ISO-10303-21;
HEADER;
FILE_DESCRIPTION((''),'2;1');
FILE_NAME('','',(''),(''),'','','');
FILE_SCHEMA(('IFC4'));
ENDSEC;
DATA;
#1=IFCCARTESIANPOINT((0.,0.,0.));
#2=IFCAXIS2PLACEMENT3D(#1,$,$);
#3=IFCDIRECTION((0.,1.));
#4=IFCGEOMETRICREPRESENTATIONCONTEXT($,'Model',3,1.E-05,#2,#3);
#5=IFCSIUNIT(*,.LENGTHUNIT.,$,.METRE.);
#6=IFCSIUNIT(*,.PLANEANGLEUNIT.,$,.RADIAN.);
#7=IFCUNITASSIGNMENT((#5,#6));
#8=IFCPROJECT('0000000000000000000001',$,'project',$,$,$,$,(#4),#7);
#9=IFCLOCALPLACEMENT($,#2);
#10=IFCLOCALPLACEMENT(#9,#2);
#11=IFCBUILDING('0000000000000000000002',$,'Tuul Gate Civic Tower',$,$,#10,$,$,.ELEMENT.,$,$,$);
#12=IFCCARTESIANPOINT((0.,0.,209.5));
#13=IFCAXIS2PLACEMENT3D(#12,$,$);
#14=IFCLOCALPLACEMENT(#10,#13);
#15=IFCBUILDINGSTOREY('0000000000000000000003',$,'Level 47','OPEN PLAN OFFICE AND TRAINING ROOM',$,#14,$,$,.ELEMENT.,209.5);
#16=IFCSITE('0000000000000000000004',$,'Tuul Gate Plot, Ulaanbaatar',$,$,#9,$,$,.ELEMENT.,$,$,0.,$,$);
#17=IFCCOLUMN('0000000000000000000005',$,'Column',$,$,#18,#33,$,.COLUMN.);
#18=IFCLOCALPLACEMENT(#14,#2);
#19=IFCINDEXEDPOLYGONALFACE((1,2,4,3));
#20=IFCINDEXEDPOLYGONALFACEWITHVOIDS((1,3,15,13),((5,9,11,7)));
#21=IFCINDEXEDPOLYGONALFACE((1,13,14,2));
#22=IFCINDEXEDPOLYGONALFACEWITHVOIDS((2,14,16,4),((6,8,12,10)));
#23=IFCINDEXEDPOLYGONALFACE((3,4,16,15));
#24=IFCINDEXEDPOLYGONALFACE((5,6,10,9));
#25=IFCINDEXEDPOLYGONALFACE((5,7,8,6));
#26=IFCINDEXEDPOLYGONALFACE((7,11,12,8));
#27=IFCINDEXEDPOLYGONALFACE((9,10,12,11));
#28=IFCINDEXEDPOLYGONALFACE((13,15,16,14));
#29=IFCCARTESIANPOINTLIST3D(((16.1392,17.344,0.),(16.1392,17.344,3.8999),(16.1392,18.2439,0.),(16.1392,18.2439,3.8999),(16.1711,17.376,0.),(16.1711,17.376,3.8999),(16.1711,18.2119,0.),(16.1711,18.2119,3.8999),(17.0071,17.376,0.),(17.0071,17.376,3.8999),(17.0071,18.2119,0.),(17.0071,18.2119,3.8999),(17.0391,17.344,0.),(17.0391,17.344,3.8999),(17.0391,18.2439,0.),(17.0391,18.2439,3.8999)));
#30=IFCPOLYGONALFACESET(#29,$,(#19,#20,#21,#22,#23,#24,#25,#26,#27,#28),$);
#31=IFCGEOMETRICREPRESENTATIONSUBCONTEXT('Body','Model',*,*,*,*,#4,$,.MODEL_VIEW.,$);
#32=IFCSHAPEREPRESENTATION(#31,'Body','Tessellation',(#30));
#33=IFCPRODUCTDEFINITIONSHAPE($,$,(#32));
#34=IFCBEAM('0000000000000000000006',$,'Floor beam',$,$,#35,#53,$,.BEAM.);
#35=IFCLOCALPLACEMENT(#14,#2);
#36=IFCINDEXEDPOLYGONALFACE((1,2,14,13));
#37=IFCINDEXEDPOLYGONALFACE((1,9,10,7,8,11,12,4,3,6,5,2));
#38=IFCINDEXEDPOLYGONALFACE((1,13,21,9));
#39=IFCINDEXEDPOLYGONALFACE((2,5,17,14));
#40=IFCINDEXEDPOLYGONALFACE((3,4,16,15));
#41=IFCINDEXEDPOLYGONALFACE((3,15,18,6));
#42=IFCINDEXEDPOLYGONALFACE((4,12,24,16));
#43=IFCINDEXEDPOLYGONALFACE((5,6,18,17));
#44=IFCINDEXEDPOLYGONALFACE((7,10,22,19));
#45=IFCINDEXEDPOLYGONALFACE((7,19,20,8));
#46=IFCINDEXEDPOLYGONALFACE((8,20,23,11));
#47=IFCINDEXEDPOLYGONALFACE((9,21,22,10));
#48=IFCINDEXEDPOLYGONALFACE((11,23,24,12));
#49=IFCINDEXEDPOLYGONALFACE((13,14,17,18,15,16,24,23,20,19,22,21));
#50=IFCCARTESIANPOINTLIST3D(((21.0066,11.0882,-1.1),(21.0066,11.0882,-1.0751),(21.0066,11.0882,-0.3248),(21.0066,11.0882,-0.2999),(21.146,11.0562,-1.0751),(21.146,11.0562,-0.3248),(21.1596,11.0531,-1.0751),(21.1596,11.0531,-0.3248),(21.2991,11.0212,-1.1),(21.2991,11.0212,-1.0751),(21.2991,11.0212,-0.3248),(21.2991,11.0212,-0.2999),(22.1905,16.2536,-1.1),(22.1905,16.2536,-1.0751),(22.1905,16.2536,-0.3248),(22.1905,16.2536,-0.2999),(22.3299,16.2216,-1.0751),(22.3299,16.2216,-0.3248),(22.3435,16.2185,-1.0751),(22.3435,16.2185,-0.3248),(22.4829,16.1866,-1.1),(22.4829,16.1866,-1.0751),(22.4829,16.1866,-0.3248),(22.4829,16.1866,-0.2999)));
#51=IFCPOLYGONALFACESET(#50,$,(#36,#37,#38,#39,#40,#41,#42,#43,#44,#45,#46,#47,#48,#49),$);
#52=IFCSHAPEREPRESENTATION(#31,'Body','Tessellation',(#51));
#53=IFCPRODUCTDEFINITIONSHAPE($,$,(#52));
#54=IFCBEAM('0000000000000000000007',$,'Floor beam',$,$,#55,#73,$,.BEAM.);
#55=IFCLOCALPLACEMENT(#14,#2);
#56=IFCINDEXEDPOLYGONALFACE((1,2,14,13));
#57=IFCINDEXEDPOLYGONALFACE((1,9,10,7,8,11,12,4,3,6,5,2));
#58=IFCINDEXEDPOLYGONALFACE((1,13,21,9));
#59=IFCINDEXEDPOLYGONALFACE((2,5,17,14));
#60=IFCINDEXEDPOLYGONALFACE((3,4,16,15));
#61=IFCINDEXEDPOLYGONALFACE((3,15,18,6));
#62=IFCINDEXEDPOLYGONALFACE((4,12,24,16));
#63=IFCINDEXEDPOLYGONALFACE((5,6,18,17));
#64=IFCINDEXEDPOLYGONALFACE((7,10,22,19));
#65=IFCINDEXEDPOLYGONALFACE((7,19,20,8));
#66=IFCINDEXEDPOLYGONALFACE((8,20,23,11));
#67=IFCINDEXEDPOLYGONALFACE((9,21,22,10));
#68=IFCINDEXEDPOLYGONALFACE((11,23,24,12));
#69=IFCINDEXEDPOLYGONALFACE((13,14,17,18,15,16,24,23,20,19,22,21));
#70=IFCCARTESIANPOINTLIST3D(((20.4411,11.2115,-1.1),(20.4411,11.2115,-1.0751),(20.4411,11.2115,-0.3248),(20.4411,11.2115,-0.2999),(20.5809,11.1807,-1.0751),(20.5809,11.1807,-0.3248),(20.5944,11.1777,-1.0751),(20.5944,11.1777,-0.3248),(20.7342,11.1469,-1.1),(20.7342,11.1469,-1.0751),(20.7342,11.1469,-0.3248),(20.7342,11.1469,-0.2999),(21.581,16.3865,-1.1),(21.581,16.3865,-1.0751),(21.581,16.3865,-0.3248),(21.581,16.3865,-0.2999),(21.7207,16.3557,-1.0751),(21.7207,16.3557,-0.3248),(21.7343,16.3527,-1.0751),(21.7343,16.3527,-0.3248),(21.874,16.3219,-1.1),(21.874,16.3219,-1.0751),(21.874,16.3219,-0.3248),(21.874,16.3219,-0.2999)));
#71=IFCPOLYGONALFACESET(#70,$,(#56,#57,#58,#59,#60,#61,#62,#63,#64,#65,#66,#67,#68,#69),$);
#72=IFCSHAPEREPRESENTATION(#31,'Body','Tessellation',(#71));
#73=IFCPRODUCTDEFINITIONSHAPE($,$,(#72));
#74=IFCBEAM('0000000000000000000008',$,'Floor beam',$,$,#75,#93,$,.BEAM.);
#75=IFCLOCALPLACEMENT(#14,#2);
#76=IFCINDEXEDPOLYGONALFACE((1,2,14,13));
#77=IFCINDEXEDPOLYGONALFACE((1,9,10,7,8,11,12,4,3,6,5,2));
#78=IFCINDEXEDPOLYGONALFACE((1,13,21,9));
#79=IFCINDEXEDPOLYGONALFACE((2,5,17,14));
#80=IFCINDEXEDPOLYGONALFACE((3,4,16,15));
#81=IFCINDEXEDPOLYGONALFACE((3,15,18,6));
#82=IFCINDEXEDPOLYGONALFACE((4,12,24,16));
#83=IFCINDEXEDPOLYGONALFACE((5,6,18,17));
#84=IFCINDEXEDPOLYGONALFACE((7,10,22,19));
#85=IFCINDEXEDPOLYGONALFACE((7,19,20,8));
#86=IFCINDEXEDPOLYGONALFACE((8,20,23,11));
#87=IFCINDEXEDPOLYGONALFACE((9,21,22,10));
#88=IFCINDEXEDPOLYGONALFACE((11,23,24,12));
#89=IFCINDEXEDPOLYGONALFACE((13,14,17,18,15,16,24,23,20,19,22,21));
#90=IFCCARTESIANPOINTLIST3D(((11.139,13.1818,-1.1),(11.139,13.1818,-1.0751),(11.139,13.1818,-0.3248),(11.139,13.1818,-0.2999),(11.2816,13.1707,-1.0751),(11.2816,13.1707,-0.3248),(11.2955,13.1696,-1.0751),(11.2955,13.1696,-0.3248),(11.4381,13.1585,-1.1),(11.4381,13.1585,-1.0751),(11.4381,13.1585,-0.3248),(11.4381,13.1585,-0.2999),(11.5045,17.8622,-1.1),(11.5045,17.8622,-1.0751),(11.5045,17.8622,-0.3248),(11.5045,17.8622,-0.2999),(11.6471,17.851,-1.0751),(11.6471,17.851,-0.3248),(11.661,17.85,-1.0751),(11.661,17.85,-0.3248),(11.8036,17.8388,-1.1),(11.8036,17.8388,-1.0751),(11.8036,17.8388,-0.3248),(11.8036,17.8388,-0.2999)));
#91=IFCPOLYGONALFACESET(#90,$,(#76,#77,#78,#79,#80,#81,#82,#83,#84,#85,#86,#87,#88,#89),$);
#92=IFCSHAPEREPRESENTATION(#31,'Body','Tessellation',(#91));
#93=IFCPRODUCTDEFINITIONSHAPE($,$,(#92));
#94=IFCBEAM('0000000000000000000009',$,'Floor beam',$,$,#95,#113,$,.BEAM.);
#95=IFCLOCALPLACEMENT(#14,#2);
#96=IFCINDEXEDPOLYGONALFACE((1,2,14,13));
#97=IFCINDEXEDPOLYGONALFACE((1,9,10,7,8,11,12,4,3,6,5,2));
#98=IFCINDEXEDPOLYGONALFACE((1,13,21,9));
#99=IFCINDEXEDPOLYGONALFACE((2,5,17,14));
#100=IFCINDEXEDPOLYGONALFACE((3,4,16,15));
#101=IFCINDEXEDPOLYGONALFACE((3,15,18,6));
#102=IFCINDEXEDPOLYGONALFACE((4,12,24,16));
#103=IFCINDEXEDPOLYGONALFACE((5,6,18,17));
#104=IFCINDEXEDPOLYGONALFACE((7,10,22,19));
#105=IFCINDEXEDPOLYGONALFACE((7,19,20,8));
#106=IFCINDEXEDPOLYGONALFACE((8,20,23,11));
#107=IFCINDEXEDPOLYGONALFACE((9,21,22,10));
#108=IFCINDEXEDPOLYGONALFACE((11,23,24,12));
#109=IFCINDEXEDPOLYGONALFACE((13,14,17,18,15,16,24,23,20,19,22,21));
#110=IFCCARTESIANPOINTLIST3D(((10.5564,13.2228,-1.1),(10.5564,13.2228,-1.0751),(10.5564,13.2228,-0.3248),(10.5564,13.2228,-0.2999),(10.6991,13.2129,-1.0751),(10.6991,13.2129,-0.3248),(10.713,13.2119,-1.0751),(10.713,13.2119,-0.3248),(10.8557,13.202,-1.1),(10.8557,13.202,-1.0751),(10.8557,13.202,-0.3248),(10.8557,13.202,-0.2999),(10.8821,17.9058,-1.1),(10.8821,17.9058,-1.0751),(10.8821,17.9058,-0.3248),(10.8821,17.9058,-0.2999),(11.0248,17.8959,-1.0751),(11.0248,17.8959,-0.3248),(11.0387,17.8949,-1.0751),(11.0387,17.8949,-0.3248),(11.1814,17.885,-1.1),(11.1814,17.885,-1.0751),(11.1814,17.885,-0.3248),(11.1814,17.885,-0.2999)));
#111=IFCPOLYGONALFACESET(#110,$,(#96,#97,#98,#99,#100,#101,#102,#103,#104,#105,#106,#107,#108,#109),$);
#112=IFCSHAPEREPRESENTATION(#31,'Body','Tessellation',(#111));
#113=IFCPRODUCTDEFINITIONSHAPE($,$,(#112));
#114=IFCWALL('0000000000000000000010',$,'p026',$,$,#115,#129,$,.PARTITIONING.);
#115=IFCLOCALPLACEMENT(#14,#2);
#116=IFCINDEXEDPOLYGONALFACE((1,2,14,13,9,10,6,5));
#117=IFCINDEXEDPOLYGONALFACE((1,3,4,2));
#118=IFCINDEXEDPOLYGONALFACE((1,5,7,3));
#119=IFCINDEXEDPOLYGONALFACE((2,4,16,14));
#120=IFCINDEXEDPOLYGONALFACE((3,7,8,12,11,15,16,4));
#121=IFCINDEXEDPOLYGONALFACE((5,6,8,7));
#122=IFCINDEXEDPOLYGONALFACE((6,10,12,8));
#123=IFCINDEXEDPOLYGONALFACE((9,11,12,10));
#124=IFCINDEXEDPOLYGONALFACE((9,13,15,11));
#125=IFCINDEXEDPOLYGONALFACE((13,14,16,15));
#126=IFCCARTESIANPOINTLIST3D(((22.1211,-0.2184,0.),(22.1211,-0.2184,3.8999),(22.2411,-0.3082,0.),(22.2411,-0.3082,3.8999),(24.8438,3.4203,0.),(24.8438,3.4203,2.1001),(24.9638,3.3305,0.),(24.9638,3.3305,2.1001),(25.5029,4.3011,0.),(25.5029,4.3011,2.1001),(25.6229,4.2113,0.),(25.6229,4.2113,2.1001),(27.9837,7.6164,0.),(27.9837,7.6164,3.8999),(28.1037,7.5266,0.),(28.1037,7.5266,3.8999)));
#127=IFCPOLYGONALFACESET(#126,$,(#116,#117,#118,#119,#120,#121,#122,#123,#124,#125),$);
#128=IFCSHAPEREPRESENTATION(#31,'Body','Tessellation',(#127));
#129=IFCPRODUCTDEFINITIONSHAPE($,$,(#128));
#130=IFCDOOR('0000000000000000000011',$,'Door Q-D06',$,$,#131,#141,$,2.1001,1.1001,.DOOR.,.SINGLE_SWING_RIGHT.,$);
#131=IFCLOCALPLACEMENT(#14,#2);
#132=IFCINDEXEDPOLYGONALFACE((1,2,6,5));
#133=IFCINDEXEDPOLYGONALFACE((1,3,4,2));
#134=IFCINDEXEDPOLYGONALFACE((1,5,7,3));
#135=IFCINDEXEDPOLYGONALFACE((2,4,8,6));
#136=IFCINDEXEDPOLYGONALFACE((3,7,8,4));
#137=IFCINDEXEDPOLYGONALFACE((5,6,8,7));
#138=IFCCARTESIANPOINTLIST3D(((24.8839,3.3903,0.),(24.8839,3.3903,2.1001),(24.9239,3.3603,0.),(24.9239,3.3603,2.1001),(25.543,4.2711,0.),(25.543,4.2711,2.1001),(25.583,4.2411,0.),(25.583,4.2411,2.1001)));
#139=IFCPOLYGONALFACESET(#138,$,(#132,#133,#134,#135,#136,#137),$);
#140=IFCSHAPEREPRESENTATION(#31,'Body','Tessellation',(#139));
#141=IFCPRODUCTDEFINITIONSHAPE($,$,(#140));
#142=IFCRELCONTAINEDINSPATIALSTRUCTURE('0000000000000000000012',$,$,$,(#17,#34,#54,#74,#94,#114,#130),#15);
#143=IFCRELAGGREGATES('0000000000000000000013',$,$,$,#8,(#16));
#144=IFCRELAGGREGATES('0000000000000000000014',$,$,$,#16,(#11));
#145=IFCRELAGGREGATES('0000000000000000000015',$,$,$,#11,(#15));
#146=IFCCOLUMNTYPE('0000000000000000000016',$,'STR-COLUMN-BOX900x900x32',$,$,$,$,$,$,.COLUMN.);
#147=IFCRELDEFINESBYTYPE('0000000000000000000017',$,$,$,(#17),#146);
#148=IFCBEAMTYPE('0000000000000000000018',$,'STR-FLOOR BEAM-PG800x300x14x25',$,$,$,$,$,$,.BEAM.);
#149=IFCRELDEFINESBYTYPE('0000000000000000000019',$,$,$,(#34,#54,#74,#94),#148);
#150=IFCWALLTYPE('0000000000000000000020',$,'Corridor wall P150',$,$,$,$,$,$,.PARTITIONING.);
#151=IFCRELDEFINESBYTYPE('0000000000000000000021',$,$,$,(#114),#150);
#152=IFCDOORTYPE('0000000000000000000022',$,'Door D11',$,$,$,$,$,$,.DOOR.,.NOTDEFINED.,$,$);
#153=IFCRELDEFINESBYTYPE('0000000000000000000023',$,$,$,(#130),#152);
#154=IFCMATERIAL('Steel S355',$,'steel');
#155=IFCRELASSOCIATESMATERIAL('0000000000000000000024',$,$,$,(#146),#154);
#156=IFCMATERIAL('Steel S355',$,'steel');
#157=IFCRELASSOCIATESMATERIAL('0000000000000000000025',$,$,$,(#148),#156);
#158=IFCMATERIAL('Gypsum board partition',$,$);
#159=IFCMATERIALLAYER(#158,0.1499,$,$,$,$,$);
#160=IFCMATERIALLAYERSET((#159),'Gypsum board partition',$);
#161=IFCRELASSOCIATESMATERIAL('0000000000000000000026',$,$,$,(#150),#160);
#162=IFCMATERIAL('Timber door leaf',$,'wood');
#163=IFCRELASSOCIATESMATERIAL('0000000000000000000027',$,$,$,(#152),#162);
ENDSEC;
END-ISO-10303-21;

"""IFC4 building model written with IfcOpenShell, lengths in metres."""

from ifc_helpers import new_model, si_unit, direction, frame, frame_2d, origin, origin_2d, place, context, subcontext, project, spatial, rectangle, hollow_rectangle, i_section, extrude, material, layer, layer_set, material_profile, profile_set, type_object, element, fill, save


model = new_model("IFC4")

# Units and contexts
model_context = context("Model", 3, precision=1e-05, world=origin(), true_north=direction((0.0, 1.0)))
body_context = subcontext(model_context, "Body", "Model", "MODEL_VIEW")
ifc_project = project(units=[si_unit("LENGTHUNIT", "METRE"), si_unit("PLANEANGLEUNIT", "RADIAN")], contexts=[model_context])

# Site, building, storey
site_placement = place(None, origin())
site = spatial("IfcSite", under=ifc_project, at=site_placement, Name="Tuul Gate Plot, Ulaanbaatar", CompositionType="ELEMENT", RefElevation=0.0)
building_placement = place(site_placement, origin())
building = spatial("IfcBuilding", under=site, at=building_placement, Name="Tuul Gate Civic Tower", CompositionType="ELEMENT")
storey_placement = place(building_placement, frame((0.0, 0.0, 209.5)))
storey = spatial("IfcBuildingStorey", under=building, at=storey_placement, Name="Level 47", Description="OPEN PLAN OFFICE AND TRAINING ROOM", CompositionType="ELEMENT", Elevation=209.5)

# Column
ifc_material_1 = material(Name="Steel S355", Category="steel")
ifc_material_profile_1 = material_profile(ifc_material_1, hollow_rectangle(XDim=0.8999, YDim=0.8999, WallThickness=0.032, at=origin_2d()), Name="BOX900x900x32")
ifc_profile_set_1 = profile_set([ifc_material_profile_1], Name="Steel S355")
column_type = type_object("IfcColumnType", Name="STR-COLUMN-BOX900x900x32", PredefinedType="COLUMN", material=ifc_profile_set_1)
column_placement = place(storey_placement, frame((16.5891, 17.7939, 0.0), z_axis=(0.0, 0.0, 1.0), x_axis=(1.0, 0.0, 0.0)))
element("IfcColumn", 1, at=column_placement, inside=storey, type_object=column_type, Name="Column", PredefinedType="COLUMN", context=body_context, shape_type="SweptSolid", body=[
    extrude(hollow_rectangle(XDim=0.8999, YDim=0.8999, WallThickness=0.032, at=origin_2d()), origin(), (0.0, 0.0, 1.0), 3.8999),
])

# Beams
ifc_material_2 = material(Name="Steel S355", Category="steel")
ifc_material_profile_2 = material_profile(ifc_material_2, i_section(OverallWidth=0.3, OverallDepth=0.8, WebThickness=0.0139, FlangeThickness=0.0249, at=origin_2d()), Name="PG800x300x14x25")
ifc_profile_set_2 = profile_set([ifc_material_profile_2], Name="Steel S355")
beam_type = type_object("IfcBeamType", Name="STR-FLOOR BEAM-PG800x300x14x25", PredefinedType="BEAM", material=ifc_profile_set_2)
beam_1_placement = place(storey_placement, frame((21.1528, 11.0547, -0.7), z_axis=(0.223399, 0.974727, 0.0), x_axis=(-0.974727, 0.223399, 0.0)))
element("IfcBeam", 2, at=beam_1_placement, inside=storey, type_object=beam_type, Name="Floor beam", PredefinedType="BEAM", context=body_context, shape_type="SweptSolid", body=[
    extrude(i_section(OverallWidth=0.3, OverallDepth=0.8, WebThickness=0.0139, FlangeThickness=0.0249, at=origin_2d()), origin(), (0.0, 0.0, 1.0), 5.2993),
])
beam_2_placement = place(storey_placement, frame((20.5876, 11.1792, -0.7), z_axis=(0.215111, 0.97659, 0.0), x_axis=(-0.97659, 0.215111, 0.0)))
element("IfcBeam", 3, at=beam_2_placement, inside=storey, type_object=beam_type, Name="Floor beam", PredefinedType="BEAM", context=body_context, shape_type="SweptSolid", body=[
    extrude(i_section(OverallWidth=0.3, OverallDepth=0.8, WebThickness=0.0139, FlangeThickness=0.0249, at=origin_2d()), origin(), (0.0, 0.0, 1.0), 5.2991),
])
beam_3_placement = place(storey_placement, frame((11.2886, 13.1702, -0.7), z_axis=(0.07785, 0.996965, 0.0), x_axis=(-0.996965, 0.07785, 0.0)))
element("IfcBeam", 4, at=beam_3_placement, inside=storey, type_object=beam_type, Name="Floor beam", PredefinedType="BEAM", context=body_context, shape_type="SweptSolid", body=[
    extrude(i_section(OverallWidth=0.3, OverallDepth=0.8, WebThickness=0.0139, FlangeThickness=0.0249, at=origin_2d()), origin(), (0.0, 0.0, 1.0), 4.6946),
])
beam_4_placement = place(storey_placement, frame((10.7061, 13.2124, -0.7), z_axis=(0.069377, 0.997591, 0.0), x_axis=(-0.997591, 0.069377, 0.0)))
element("IfcBeam", 5, at=beam_4_placement, inside=storey, type_object=beam_type, Name="Floor beam", PredefinedType="BEAM", context=body_context, shape_type="SweptSolid", body=[
    extrude(i_section(OverallWidth=0.3, OverallDepth=0.8, WebThickness=0.0139, FlangeThickness=0.0249, at=origin_2d()), origin(), (0.0, 0.0, 1.0), 4.6943),
])

# Wall, opening, door
ifc_material_3 = material(Name="Gypsum board partition")
ifc_layer_1 = layer(ifc_material_3, 0.1499)
ifc_layer_set_1 = layer_set([ifc_layer_1], Name="Gypsum board partition")
wall_type_1 = type_object("IfcWallType", Name="Corridor wall P150", PredefinedType="PARTITIONING", material=ifc_layer_set_1)
wall_1_placement = place(storey_placement, frame((22.1812, -0.2632, 0.0), z_axis=(0.0, 0.0, 1.0), x_axis=(0.599117, 0.800661, 0.0)))
wall_1 = element("IfcWall", 6, at=wall_1_placement, inside=storey, type_object=wall_type_1, Name="p026", PredefinedType="PARTITIONING", context=body_context, shape_type="SweptSolid", body=[
    extrude(rectangle(XDim=9.7854, YDim=0.1499, at=frame_2d((4.8926, 0.0))), origin(), (0.0, 0.0, 1.0), 3.8999),
])
opening_1_placement = place(wall_1_placement, frame((4.5444, 0.0, 0.0)))
opening_1 = element("IfcOpeningElement", 7, at=opening_1_placement, cuts=wall_1, PredefinedType="OPENING", context=body_context, shape_type="SweptSolid", body=[
    extrude(rectangle(XDim=1.1001, YDim=2.1001, at=frame_2d((0.55, 1.05))), frame((0.0, 0.085, 0.0), z_axis=(0.0, -1.0, 0.0), x_axis=(1.0, 0.0, 0.0)), (0.0, 0.0, 1.0), 0.1699),
])
ifc_material_4 = material(Name="Timber door leaf", Category="wood")
door_type_1 = type_object("IfcDoorType", Name="Door D11", OperationType="NOTDEFINED", PredefinedType="DOOR", material=ifc_material_4)
door_1_placement = place(opening_1_placement, origin())
door_1 = element("IfcDoor", 8, at=door_1_placement, inside=storey, type_object=door_type_1, Name="Door Q-D06", OperationType="SINGLE_SWING_RIGHT", OverallHeight=2.1001, OverallWidth=1.1001, PredefinedType="DOOR", context=body_context, shape_type="SweptSolid", body=[
    extrude(rectangle(XDim=1.1001, YDim=2.1001, at=frame_2d((0.55, 1.05))), frame((0.0, 0.0249, 0.0), z_axis=(0.0, -1.0, 0.0), x_axis=(1.0, 0.0, 0.0)), (0.0, 0.0, 1.0), 0.05),
])
fill(opening_1, door_1)

save(model, "model.ifc")
